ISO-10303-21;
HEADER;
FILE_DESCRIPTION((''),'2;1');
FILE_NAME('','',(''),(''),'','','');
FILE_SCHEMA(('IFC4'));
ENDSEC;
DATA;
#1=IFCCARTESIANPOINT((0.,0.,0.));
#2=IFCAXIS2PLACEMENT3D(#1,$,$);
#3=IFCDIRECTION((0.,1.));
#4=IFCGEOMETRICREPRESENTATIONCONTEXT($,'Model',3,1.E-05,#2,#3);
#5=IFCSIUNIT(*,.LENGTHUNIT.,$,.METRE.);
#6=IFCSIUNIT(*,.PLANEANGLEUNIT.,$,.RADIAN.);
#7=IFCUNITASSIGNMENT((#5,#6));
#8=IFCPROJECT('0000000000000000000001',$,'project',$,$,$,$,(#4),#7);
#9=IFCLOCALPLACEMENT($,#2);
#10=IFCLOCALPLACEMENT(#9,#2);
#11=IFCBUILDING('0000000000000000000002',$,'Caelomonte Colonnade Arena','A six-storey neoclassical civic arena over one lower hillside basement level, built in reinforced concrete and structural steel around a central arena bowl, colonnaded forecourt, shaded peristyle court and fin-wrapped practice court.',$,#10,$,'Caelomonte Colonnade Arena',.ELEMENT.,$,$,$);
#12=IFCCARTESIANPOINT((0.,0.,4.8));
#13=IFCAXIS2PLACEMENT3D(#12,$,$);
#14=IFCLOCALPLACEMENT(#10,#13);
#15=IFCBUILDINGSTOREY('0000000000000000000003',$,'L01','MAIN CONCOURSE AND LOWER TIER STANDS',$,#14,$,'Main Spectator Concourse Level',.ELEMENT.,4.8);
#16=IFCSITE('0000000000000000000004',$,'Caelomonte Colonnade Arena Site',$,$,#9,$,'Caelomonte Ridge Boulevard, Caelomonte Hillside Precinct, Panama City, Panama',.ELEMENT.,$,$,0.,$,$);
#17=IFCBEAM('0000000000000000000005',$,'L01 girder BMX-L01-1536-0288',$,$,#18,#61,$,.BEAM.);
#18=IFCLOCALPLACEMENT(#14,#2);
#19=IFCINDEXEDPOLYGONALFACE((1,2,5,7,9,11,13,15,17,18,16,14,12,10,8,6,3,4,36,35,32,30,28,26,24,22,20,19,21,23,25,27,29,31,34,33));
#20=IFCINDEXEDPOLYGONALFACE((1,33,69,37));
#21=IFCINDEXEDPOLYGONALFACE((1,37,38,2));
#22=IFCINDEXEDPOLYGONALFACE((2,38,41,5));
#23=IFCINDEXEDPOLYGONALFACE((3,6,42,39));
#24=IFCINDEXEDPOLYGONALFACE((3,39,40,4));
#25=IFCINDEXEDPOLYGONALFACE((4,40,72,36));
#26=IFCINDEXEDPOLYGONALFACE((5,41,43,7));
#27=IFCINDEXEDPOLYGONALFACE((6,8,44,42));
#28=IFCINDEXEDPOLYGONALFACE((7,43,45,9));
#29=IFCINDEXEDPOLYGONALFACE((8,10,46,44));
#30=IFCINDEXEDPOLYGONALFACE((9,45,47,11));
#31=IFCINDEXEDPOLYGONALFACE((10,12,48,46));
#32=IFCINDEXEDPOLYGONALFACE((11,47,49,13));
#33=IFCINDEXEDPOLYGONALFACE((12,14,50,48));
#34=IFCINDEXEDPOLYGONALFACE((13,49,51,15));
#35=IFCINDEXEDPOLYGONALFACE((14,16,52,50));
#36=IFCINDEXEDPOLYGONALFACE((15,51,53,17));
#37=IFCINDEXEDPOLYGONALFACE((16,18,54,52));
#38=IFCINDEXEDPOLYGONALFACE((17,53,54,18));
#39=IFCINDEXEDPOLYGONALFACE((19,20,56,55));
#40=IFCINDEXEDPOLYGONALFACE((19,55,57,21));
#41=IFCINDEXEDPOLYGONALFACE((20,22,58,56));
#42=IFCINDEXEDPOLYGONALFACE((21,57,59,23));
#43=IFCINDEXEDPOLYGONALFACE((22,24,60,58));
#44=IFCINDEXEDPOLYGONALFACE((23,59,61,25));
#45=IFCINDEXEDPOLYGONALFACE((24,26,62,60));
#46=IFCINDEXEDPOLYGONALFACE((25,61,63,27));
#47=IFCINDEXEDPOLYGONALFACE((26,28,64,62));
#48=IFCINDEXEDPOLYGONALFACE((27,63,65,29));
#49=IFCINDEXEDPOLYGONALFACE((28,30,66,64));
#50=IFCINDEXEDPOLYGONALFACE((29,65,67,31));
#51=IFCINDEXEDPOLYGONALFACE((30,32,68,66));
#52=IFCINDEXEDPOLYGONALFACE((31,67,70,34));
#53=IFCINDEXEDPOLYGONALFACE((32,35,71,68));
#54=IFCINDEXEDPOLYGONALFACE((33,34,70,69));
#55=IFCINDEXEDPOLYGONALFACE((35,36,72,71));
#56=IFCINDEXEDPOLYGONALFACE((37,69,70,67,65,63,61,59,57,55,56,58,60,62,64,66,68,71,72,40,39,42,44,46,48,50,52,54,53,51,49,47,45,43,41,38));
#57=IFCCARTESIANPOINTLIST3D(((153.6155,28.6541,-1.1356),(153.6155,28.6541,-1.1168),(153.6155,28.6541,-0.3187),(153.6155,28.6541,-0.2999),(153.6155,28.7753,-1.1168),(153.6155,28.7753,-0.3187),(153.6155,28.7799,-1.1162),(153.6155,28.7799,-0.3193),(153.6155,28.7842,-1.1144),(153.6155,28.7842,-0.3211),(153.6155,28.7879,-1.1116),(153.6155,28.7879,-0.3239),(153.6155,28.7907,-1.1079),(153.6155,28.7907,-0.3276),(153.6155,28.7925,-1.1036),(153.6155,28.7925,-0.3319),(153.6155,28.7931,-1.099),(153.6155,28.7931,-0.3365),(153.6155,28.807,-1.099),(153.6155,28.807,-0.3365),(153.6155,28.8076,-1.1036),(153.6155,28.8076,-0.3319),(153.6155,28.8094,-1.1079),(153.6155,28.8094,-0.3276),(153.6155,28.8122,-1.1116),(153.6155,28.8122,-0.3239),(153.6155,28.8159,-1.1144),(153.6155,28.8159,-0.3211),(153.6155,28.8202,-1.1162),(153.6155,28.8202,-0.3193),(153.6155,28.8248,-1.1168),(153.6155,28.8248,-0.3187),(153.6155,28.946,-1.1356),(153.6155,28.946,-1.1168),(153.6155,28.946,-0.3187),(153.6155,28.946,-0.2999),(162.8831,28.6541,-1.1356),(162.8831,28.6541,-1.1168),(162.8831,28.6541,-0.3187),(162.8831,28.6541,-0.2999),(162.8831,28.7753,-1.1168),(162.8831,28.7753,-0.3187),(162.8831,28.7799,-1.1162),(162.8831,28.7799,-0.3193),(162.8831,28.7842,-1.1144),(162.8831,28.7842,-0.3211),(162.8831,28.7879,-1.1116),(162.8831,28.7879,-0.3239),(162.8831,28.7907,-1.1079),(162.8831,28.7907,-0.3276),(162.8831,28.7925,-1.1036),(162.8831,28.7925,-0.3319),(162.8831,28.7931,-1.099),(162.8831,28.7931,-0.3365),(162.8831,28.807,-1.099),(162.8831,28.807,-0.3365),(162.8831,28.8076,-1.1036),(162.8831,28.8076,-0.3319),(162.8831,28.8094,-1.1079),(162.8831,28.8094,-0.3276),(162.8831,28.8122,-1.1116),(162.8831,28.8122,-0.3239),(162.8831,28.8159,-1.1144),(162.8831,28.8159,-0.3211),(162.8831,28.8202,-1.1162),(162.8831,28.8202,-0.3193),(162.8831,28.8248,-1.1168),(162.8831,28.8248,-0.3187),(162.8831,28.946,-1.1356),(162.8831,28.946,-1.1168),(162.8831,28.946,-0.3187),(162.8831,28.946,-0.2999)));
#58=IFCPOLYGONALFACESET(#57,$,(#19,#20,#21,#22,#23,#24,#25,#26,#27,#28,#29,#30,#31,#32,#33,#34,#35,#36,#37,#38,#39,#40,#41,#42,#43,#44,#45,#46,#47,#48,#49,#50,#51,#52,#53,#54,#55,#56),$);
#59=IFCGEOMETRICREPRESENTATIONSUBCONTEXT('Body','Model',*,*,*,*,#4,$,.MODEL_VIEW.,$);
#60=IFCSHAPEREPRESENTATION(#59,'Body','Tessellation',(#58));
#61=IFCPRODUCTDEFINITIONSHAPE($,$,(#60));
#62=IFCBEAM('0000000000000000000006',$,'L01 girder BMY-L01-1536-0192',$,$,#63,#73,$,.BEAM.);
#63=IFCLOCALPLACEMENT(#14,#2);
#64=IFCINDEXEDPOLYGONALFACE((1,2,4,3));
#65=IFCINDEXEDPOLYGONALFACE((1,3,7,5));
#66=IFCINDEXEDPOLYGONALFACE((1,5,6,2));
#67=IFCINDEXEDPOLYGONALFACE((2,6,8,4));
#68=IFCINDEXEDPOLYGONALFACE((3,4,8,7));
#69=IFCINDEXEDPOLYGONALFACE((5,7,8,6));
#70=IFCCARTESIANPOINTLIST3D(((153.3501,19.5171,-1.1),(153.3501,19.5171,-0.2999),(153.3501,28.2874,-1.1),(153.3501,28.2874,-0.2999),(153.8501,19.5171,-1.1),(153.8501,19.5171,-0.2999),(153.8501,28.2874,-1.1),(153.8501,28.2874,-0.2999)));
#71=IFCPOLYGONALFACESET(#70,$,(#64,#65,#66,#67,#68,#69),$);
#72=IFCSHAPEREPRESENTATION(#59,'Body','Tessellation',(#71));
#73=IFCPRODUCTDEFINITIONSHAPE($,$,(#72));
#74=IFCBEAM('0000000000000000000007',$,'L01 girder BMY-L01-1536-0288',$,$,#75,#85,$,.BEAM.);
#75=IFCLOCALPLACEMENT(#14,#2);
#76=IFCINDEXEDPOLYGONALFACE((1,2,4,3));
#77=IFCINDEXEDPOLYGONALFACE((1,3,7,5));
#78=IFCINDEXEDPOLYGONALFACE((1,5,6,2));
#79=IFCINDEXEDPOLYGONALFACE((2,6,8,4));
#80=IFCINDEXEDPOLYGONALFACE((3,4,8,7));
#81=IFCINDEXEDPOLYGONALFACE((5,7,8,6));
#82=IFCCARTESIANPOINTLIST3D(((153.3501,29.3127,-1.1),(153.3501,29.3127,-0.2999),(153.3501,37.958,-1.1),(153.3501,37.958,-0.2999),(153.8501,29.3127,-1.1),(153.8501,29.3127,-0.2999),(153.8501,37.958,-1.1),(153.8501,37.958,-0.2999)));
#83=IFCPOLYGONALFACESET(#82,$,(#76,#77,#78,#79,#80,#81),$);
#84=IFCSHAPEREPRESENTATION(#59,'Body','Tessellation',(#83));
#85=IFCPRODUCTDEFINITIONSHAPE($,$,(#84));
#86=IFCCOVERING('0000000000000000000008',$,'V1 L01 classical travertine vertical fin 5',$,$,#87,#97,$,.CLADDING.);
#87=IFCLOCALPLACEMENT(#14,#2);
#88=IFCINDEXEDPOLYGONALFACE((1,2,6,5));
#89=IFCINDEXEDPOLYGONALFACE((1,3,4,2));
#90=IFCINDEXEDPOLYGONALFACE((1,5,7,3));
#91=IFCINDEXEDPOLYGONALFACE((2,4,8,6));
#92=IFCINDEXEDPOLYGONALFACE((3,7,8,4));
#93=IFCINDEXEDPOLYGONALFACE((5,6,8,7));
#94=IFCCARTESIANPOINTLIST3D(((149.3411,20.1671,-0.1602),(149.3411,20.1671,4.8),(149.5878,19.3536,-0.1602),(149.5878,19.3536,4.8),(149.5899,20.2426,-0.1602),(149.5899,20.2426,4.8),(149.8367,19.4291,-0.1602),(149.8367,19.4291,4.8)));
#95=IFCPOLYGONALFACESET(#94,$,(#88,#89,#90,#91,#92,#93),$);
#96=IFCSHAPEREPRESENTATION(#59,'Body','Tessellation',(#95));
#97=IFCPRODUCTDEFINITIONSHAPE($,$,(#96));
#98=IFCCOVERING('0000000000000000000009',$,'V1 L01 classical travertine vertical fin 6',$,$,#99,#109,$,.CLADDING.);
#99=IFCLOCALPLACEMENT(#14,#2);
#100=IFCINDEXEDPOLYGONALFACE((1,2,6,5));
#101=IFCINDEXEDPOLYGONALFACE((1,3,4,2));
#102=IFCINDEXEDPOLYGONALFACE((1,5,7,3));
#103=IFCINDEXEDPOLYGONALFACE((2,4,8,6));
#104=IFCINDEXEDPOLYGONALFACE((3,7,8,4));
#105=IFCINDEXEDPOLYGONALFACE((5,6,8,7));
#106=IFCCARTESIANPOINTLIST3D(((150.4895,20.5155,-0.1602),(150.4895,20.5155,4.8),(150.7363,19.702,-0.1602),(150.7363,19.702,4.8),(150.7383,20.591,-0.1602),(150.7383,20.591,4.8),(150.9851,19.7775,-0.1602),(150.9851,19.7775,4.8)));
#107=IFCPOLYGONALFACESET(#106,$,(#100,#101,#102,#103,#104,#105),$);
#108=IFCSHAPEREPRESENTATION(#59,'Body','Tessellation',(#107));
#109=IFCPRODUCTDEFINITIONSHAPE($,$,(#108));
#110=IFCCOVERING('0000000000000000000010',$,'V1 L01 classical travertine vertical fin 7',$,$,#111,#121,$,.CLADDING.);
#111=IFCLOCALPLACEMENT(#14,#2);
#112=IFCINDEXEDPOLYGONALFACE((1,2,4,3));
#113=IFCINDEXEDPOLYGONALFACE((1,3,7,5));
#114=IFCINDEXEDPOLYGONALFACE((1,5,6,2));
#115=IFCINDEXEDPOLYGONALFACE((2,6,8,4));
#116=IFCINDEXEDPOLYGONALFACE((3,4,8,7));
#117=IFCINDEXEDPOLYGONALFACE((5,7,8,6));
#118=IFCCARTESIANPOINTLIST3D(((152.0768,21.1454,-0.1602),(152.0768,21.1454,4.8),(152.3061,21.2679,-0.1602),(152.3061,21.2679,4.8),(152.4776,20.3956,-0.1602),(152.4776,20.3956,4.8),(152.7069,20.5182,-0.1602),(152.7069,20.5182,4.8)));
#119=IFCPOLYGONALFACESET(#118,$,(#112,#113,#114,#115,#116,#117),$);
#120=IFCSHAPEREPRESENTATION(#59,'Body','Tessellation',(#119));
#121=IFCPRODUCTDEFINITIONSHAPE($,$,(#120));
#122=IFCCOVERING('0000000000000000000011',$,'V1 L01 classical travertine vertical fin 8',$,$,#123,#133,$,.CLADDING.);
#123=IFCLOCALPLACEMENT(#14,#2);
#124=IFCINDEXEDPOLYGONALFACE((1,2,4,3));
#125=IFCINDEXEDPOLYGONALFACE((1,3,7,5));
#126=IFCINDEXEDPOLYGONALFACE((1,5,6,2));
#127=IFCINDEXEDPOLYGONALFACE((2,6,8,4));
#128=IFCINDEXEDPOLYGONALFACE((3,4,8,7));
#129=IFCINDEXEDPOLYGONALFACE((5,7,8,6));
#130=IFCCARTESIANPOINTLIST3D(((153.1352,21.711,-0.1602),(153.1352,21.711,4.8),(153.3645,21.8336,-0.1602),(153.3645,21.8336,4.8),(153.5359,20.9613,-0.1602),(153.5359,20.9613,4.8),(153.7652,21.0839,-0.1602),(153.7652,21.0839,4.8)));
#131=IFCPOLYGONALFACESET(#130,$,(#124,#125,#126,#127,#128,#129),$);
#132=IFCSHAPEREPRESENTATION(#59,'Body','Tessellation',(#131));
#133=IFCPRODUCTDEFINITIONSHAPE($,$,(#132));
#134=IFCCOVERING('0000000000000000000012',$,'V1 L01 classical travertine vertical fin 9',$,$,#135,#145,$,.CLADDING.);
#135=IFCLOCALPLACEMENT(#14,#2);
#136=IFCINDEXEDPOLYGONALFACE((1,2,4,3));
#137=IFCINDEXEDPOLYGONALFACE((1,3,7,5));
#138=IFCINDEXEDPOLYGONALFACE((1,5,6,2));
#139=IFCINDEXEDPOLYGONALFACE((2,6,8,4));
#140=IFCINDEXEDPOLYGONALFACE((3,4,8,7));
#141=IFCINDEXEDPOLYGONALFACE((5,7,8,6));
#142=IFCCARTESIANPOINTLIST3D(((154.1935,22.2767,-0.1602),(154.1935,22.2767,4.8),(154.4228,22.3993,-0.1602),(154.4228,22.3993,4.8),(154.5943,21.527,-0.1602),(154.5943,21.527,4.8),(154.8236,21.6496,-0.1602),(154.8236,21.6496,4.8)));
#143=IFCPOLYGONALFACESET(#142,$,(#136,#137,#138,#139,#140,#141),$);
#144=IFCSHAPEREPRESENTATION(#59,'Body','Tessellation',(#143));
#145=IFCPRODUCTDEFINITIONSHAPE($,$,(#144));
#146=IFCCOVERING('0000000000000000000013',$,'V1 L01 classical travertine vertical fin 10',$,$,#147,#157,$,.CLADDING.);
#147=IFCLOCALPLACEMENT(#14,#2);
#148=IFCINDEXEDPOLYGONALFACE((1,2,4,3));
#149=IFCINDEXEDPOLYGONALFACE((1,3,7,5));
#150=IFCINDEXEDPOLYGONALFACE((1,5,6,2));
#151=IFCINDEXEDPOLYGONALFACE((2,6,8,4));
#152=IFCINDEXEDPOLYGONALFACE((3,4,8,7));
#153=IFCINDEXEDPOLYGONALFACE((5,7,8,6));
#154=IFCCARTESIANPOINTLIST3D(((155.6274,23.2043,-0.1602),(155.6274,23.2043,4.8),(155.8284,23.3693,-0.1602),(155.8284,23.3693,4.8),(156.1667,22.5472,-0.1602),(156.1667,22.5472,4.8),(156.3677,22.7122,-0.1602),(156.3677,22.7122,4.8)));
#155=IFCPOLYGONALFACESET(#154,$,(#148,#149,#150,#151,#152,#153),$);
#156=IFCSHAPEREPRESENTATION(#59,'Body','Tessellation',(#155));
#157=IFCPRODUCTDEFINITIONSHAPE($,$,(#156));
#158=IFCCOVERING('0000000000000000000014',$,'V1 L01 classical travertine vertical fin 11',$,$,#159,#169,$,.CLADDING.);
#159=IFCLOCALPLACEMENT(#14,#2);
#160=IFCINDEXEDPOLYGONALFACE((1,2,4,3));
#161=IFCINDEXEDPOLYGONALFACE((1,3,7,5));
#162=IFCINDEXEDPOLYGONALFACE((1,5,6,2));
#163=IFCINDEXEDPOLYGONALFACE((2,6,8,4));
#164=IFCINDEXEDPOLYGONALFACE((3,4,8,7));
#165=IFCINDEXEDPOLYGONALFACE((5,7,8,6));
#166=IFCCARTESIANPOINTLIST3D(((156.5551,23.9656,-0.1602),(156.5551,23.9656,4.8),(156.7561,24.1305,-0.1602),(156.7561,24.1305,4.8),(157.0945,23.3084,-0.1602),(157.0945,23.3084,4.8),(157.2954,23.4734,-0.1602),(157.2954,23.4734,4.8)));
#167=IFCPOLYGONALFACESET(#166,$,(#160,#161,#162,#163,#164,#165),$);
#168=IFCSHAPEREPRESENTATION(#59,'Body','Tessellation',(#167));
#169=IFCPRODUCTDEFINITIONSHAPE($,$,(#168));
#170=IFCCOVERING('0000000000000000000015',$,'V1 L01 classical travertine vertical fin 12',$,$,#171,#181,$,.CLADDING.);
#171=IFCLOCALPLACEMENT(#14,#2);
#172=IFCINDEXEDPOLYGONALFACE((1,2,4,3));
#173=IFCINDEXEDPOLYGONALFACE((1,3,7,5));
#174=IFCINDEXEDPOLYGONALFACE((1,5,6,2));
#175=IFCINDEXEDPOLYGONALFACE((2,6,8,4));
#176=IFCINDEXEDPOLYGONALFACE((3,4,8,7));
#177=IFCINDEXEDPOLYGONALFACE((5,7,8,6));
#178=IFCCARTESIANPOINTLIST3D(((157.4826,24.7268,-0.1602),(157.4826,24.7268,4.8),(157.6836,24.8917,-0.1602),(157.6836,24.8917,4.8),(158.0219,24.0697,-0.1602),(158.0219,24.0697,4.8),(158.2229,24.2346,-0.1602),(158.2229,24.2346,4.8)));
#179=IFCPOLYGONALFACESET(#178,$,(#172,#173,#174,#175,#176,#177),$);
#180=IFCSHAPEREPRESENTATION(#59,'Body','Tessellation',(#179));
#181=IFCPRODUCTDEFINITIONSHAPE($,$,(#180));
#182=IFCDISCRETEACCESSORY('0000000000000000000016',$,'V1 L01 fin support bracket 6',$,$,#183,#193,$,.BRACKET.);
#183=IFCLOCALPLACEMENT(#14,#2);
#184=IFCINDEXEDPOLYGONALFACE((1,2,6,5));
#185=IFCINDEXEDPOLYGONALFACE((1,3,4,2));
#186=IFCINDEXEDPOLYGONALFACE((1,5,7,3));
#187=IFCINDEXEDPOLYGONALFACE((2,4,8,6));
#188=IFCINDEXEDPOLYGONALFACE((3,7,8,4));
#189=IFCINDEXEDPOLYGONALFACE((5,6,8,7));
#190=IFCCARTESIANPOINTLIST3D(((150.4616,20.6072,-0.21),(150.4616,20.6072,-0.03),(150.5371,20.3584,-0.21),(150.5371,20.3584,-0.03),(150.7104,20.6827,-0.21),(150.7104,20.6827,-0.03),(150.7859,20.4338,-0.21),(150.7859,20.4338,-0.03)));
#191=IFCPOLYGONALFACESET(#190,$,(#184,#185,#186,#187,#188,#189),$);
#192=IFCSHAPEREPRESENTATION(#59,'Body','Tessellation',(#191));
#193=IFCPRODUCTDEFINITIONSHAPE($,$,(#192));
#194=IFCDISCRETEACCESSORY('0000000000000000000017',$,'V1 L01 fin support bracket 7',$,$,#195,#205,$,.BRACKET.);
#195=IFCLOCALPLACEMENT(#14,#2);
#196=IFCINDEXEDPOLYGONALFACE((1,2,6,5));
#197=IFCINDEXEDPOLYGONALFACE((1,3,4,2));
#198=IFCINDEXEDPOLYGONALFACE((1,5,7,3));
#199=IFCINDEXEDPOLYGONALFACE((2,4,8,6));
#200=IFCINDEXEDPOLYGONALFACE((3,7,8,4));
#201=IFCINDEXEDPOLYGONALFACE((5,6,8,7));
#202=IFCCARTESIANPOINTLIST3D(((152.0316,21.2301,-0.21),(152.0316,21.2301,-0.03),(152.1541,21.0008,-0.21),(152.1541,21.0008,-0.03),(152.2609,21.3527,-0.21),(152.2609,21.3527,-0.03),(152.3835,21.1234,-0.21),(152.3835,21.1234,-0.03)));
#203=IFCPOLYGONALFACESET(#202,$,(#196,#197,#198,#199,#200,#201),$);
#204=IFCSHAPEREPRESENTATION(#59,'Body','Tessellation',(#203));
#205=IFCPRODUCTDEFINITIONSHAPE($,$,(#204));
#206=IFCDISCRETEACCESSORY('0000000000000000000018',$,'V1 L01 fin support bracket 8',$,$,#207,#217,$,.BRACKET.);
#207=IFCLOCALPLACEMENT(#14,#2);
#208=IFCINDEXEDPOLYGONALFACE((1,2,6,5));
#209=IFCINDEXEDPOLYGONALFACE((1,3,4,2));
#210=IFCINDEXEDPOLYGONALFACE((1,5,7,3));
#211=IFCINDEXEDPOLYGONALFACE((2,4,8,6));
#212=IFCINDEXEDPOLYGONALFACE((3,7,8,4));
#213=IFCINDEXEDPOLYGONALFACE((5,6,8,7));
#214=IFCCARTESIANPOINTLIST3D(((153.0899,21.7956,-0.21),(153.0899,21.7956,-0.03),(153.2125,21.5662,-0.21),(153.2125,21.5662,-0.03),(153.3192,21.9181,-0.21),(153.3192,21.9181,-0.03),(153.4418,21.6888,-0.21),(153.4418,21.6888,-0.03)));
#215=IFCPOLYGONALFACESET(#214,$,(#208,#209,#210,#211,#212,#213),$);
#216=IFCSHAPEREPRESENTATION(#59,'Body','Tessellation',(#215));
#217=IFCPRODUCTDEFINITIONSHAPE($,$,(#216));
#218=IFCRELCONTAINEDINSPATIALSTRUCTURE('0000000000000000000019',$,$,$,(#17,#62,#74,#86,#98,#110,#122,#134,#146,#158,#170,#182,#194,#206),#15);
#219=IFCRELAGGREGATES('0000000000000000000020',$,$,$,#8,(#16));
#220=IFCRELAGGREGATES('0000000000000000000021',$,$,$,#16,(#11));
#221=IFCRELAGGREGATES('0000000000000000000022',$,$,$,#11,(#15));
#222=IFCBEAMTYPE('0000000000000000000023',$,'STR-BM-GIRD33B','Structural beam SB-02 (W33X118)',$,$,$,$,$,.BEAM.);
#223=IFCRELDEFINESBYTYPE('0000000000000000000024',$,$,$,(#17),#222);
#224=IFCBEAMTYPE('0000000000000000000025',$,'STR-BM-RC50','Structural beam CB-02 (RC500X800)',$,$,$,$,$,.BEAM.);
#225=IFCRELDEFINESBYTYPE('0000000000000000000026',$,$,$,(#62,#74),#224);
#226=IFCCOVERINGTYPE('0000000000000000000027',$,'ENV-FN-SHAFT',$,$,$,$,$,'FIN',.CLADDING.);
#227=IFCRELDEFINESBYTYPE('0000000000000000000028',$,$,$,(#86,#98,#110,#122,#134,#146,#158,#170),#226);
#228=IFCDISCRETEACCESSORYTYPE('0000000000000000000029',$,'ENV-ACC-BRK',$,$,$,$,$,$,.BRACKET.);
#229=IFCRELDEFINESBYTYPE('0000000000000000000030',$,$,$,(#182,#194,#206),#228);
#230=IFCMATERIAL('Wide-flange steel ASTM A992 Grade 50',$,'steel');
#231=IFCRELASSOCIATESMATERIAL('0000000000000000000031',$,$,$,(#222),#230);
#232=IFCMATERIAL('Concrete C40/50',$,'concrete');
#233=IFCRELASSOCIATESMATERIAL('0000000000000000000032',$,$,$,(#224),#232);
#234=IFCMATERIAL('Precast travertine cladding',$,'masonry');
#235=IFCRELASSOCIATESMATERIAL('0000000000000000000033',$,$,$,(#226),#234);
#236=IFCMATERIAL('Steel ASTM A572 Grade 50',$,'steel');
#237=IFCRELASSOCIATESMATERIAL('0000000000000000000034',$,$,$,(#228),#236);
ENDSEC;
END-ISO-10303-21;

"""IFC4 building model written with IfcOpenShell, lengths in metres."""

from ifc_helpers import new_model, si_unit, direction, frame, origin, origin_2d, place, context, subcontext, project, spatial, rectangle, i_section, extrude, material, material_profile, profile_set, type_object, element, save


model = new_model("IFC4")

# Units and contexts
model_context = context("Model", 3, precision=1e-05, world=origin(), true_north=direction((0.0, 1.0)))
body_context = subcontext(model_context, "Body", "Model", "MODEL_VIEW")
ifc_project = project(units=[si_unit("LENGTHUNIT", "METRE"), si_unit("PLANEANGLEUNIT", "RADIAN")], contexts=[model_context])

# Site, building, storey
site_placement = place(None, origin())
site = spatial("IfcSite", under=ifc_project, at=site_placement, Name="Caelomonte Colonnade Arena Site", LongName="Caelomonte Ridge Boulevard, Caelomonte Hillside Precinct, Panama City, Panama", CompositionType="ELEMENT", RefElevation=0.0)
building_placement = place(site_placement, origin())
building = spatial("IfcBuilding", under=site, at=building_placement, Name="Caelomonte Colonnade Arena", Description="A six-storey neoclassical civic arena over one lower hillside basement level, built in reinforced concrete and structural steel around a central arena bowl, colonnaded forecourt, shaded peristyle court and fin-wrapped practice court.", LongName="Caelomonte Colonnade Arena", CompositionType="ELEMENT")
storey_placement = place(building_placement, frame((0.0, 0.0, 4.8)))
storey = spatial("IfcBuildingStorey", under=building, at=storey_placement, Name="L01", Description="MAIN CONCOURSE AND LOWER TIER STANDS", LongName="Main Spectator Concourse Level", CompositionType="ELEMENT", Elevation=4.8)

# Shared definitions
ifc_material_1 = material(Name="Concrete C40/50", Category="concrete")
ifc_material_2 = material(Name="Wide-flange steel ASTM A992 Grade 50", Category="steel")

# Beams
ifc_material_profile_1 = material_profile(ifc_material_2, i_section(OverallWidth=0.292, OverallDepth=0.8357, WebThickness=0.0139, FlangeThickness=0.0188, FilletRadius=0.0178, at=origin_2d()), Name="W33X118")
ifc_profile_set_1 = profile_set([ifc_material_profile_1], Name="Wide-flange steel ASTM A992 Grade 50")
beam_type_1 = type_object("IfcBeamType", Name="STR-BM-GIRD33B", Description="Structural beam SB-02 (W33X118)", PredefinedType="BEAM", material=ifc_profile_set_1)
beam_1_placement = place(storey_placement, frame((153.6155, 28.8, -0.7178), z_axis=(1.0, 0.0, 0.0), x_axis=(0.0, 1.0, 0.0)))
element("IfcBeam", 1, at=beam_1_placement, inside=storey, type_object=beam_type_1, Name="L01 girder BMX-L01-1536-0288", PredefinedType="BEAM", context=body_context, shape_type="SweptSolid", body=[
    extrude(i_section(OverallWidth=0.292, OverallDepth=0.8357, WebThickness=0.0139, FlangeThickness=0.0188, FilletRadius=0.0178, at=origin_2d()), origin(), (0.0, 0.0, 1.0), 9.2676),
])
ifc_material_profile_2 = material_profile(ifc_material_1, rectangle(XDim=0.5, YDim=0.8, at=origin_2d()), Name="RC500X800")
ifc_profile_set_2 = profile_set([ifc_material_profile_2], Name="Concrete C40/50")
beam_type_2 = type_object("IfcBeamType", Name="STR-BM-RC50", Description="Structural beam CB-02 (RC500X800)", PredefinedType="BEAM", material=ifc_profile_set_2)
beam_2_placement = place(storey_placement, frame((153.6001, 19.5171, -0.7), z_axis=(0.0, 1.0, 0.0), x_axis=(-1.0, 0.0, 0.0)))
element("IfcBeam", 2, at=beam_2_placement, inside=storey, type_object=beam_type_2, Name="L01 girder BMY-L01-1536-0192", PredefinedType="BEAM", context=body_context, shape_type="SweptSolid", body=[
    extrude(rectangle(XDim=0.5, YDim=0.8, at=origin_2d()), origin(), (0.0, 0.0, 1.0), 8.7703),
])
beam_3_placement = place(storey_placement, frame((153.6001, 29.3127, -0.7), z_axis=(0.0, 1.0, 0.0), x_axis=(-1.0, 0.0, 0.0)))
element("IfcBeam", 3, at=beam_3_placement, inside=storey, type_object=beam_type_2, Name="L01 girder BMY-L01-1536-0288", PredefinedType="BEAM", context=body_context, shape_type="SweptSolid", body=[
    extrude(rectangle(XDim=0.5, YDim=0.8, at=origin_2d()), origin(), (0.0, 0.0, 1.0), 8.6453),
])

# Coverings
ifc_material_3 = material(Name="Precast travertine cladding", Category="masonry")
ifc_material_profile_3 = material_profile(ifc_material_3, rectangle(XDim=0.26, YDim=0.8501, at=origin_2d()), Name="FIN260X850")
ifc_profile_set_3 = profile_set([ifc_material_profile_3], Name="Precast travertine cladding")
covering_type = type_object("IfcCoveringType", Name="ENV-FN-SHAFT", ElementType="FIN", PredefinedType="CLADDING", material=ifc_profile_set_3)
for number, where, z_axis, x_axis, name in (
    (4, (149.5889, 19.7981, -0.1602), (0.0, 0.0, 1.0), (-0.956943, -0.290276, 0.0), "V1 L01 classical travertine vertical fin 5"),
    (5, (150.7373, 20.1465, -0.1602), (0.0, 0.0, 1.0), (-0.956943, -0.290276, 0.0), "V1 L01 classical travertine vertical fin 6"),
    (6, (152.3918, 20.8318, -0.1602), (0.0, 0.0, 1.0), (-0.881921, -0.471397, 0.0), "V1 L01 classical travertine vertical fin 7"),
    (7, (153.4502, 21.3975, -0.1602), (0.0, 0.0, 1.0), (-0.881921, -0.471397, 0.0), "V1 L01 classical travertine vertical fin 8"),
    (8, (154.5085, 21.9631, -0.1602), (0.0, 0.0, 1.0), (-0.881921, -0.471397, 0.0), "V1 L01 classical travertine vertical fin 9"),
    (9, (155.9976, 22.9583, -0.1602), (0.0, 0.0, 1.0), (-0.772994, -0.634414, 0.0), "V1 L01 classical travertine vertical fin 10"),
    (10, (156.9253, 23.7195, -0.1602), (0.0, 0.0, 1.0), (-0.772994, -0.634414, 0.0), "V1 L01 classical travertine vertical fin 11"),
    (11, (157.8528, 24.4807, -0.1602), (0.0, 0.0, 1.0), (-0.772994, -0.634414, 0.0), "V1 L01 classical travertine vertical fin 12"),
):
    element("IfcCovering", number, at=place(storey_placement, frame(where, z_axis=z_axis, x_axis=x_axis)), inside=storey, type_object=covering_type, Name=name, PredefinedType="CLADDING", context=body_context, shape_type="SweptSolid", body=[
        extrude(rectangle(XDim=0.26, YDim=0.8501, at=origin_2d()), origin(), (0.0, 0.0, 1.0), 4.9602),
    ])

# Discrete accessories
ifc_material_4 = material(Name="Steel ASTM A572 Grade 50", Category="steel")
discrete_accessory_type = type_object("IfcDiscreteAccessoryType", Name="ENV-ACC-BRK", PredefinedType="BRACKET", material=ifc_material_4)
for number, where, z_axis, x_axis, name in (
    (12, (150.6238, 20.5205, -0.21), (0.0, 0.0, 1.0), (0.956943, 0.290276, 0.0), "V1 L01 fin support bracket 6"),
    (13, (152.2075, 21.1768, -0.21), (0.0, 0.0, 1.0), (0.881921, 0.471397, 0.0), "V1 L01 fin support bracket 7"),
    (14, (153.2659, 21.7422, -0.21), (0.0, 0.0, 1.0), (0.881921, 0.471397, 0.0), "V1 L01 fin support bracket 8"),
):
    element("IfcDiscreteAccessory", number, at=place(storey_placement, frame(where, z_axis=z_axis, x_axis=x_axis)), inside=storey, type_object=discrete_accessory_type, Name=name, PredefinedType="BRACKET", context=body_context, shape_type="SweptSolid", body=[
        extrude(rectangle(XDim=0.26, YDim=0.26, at=origin_2d()), origin(), (0.0, 0.0, 1.0), 0.1799),
    ])

save(model, "model.ifc")
